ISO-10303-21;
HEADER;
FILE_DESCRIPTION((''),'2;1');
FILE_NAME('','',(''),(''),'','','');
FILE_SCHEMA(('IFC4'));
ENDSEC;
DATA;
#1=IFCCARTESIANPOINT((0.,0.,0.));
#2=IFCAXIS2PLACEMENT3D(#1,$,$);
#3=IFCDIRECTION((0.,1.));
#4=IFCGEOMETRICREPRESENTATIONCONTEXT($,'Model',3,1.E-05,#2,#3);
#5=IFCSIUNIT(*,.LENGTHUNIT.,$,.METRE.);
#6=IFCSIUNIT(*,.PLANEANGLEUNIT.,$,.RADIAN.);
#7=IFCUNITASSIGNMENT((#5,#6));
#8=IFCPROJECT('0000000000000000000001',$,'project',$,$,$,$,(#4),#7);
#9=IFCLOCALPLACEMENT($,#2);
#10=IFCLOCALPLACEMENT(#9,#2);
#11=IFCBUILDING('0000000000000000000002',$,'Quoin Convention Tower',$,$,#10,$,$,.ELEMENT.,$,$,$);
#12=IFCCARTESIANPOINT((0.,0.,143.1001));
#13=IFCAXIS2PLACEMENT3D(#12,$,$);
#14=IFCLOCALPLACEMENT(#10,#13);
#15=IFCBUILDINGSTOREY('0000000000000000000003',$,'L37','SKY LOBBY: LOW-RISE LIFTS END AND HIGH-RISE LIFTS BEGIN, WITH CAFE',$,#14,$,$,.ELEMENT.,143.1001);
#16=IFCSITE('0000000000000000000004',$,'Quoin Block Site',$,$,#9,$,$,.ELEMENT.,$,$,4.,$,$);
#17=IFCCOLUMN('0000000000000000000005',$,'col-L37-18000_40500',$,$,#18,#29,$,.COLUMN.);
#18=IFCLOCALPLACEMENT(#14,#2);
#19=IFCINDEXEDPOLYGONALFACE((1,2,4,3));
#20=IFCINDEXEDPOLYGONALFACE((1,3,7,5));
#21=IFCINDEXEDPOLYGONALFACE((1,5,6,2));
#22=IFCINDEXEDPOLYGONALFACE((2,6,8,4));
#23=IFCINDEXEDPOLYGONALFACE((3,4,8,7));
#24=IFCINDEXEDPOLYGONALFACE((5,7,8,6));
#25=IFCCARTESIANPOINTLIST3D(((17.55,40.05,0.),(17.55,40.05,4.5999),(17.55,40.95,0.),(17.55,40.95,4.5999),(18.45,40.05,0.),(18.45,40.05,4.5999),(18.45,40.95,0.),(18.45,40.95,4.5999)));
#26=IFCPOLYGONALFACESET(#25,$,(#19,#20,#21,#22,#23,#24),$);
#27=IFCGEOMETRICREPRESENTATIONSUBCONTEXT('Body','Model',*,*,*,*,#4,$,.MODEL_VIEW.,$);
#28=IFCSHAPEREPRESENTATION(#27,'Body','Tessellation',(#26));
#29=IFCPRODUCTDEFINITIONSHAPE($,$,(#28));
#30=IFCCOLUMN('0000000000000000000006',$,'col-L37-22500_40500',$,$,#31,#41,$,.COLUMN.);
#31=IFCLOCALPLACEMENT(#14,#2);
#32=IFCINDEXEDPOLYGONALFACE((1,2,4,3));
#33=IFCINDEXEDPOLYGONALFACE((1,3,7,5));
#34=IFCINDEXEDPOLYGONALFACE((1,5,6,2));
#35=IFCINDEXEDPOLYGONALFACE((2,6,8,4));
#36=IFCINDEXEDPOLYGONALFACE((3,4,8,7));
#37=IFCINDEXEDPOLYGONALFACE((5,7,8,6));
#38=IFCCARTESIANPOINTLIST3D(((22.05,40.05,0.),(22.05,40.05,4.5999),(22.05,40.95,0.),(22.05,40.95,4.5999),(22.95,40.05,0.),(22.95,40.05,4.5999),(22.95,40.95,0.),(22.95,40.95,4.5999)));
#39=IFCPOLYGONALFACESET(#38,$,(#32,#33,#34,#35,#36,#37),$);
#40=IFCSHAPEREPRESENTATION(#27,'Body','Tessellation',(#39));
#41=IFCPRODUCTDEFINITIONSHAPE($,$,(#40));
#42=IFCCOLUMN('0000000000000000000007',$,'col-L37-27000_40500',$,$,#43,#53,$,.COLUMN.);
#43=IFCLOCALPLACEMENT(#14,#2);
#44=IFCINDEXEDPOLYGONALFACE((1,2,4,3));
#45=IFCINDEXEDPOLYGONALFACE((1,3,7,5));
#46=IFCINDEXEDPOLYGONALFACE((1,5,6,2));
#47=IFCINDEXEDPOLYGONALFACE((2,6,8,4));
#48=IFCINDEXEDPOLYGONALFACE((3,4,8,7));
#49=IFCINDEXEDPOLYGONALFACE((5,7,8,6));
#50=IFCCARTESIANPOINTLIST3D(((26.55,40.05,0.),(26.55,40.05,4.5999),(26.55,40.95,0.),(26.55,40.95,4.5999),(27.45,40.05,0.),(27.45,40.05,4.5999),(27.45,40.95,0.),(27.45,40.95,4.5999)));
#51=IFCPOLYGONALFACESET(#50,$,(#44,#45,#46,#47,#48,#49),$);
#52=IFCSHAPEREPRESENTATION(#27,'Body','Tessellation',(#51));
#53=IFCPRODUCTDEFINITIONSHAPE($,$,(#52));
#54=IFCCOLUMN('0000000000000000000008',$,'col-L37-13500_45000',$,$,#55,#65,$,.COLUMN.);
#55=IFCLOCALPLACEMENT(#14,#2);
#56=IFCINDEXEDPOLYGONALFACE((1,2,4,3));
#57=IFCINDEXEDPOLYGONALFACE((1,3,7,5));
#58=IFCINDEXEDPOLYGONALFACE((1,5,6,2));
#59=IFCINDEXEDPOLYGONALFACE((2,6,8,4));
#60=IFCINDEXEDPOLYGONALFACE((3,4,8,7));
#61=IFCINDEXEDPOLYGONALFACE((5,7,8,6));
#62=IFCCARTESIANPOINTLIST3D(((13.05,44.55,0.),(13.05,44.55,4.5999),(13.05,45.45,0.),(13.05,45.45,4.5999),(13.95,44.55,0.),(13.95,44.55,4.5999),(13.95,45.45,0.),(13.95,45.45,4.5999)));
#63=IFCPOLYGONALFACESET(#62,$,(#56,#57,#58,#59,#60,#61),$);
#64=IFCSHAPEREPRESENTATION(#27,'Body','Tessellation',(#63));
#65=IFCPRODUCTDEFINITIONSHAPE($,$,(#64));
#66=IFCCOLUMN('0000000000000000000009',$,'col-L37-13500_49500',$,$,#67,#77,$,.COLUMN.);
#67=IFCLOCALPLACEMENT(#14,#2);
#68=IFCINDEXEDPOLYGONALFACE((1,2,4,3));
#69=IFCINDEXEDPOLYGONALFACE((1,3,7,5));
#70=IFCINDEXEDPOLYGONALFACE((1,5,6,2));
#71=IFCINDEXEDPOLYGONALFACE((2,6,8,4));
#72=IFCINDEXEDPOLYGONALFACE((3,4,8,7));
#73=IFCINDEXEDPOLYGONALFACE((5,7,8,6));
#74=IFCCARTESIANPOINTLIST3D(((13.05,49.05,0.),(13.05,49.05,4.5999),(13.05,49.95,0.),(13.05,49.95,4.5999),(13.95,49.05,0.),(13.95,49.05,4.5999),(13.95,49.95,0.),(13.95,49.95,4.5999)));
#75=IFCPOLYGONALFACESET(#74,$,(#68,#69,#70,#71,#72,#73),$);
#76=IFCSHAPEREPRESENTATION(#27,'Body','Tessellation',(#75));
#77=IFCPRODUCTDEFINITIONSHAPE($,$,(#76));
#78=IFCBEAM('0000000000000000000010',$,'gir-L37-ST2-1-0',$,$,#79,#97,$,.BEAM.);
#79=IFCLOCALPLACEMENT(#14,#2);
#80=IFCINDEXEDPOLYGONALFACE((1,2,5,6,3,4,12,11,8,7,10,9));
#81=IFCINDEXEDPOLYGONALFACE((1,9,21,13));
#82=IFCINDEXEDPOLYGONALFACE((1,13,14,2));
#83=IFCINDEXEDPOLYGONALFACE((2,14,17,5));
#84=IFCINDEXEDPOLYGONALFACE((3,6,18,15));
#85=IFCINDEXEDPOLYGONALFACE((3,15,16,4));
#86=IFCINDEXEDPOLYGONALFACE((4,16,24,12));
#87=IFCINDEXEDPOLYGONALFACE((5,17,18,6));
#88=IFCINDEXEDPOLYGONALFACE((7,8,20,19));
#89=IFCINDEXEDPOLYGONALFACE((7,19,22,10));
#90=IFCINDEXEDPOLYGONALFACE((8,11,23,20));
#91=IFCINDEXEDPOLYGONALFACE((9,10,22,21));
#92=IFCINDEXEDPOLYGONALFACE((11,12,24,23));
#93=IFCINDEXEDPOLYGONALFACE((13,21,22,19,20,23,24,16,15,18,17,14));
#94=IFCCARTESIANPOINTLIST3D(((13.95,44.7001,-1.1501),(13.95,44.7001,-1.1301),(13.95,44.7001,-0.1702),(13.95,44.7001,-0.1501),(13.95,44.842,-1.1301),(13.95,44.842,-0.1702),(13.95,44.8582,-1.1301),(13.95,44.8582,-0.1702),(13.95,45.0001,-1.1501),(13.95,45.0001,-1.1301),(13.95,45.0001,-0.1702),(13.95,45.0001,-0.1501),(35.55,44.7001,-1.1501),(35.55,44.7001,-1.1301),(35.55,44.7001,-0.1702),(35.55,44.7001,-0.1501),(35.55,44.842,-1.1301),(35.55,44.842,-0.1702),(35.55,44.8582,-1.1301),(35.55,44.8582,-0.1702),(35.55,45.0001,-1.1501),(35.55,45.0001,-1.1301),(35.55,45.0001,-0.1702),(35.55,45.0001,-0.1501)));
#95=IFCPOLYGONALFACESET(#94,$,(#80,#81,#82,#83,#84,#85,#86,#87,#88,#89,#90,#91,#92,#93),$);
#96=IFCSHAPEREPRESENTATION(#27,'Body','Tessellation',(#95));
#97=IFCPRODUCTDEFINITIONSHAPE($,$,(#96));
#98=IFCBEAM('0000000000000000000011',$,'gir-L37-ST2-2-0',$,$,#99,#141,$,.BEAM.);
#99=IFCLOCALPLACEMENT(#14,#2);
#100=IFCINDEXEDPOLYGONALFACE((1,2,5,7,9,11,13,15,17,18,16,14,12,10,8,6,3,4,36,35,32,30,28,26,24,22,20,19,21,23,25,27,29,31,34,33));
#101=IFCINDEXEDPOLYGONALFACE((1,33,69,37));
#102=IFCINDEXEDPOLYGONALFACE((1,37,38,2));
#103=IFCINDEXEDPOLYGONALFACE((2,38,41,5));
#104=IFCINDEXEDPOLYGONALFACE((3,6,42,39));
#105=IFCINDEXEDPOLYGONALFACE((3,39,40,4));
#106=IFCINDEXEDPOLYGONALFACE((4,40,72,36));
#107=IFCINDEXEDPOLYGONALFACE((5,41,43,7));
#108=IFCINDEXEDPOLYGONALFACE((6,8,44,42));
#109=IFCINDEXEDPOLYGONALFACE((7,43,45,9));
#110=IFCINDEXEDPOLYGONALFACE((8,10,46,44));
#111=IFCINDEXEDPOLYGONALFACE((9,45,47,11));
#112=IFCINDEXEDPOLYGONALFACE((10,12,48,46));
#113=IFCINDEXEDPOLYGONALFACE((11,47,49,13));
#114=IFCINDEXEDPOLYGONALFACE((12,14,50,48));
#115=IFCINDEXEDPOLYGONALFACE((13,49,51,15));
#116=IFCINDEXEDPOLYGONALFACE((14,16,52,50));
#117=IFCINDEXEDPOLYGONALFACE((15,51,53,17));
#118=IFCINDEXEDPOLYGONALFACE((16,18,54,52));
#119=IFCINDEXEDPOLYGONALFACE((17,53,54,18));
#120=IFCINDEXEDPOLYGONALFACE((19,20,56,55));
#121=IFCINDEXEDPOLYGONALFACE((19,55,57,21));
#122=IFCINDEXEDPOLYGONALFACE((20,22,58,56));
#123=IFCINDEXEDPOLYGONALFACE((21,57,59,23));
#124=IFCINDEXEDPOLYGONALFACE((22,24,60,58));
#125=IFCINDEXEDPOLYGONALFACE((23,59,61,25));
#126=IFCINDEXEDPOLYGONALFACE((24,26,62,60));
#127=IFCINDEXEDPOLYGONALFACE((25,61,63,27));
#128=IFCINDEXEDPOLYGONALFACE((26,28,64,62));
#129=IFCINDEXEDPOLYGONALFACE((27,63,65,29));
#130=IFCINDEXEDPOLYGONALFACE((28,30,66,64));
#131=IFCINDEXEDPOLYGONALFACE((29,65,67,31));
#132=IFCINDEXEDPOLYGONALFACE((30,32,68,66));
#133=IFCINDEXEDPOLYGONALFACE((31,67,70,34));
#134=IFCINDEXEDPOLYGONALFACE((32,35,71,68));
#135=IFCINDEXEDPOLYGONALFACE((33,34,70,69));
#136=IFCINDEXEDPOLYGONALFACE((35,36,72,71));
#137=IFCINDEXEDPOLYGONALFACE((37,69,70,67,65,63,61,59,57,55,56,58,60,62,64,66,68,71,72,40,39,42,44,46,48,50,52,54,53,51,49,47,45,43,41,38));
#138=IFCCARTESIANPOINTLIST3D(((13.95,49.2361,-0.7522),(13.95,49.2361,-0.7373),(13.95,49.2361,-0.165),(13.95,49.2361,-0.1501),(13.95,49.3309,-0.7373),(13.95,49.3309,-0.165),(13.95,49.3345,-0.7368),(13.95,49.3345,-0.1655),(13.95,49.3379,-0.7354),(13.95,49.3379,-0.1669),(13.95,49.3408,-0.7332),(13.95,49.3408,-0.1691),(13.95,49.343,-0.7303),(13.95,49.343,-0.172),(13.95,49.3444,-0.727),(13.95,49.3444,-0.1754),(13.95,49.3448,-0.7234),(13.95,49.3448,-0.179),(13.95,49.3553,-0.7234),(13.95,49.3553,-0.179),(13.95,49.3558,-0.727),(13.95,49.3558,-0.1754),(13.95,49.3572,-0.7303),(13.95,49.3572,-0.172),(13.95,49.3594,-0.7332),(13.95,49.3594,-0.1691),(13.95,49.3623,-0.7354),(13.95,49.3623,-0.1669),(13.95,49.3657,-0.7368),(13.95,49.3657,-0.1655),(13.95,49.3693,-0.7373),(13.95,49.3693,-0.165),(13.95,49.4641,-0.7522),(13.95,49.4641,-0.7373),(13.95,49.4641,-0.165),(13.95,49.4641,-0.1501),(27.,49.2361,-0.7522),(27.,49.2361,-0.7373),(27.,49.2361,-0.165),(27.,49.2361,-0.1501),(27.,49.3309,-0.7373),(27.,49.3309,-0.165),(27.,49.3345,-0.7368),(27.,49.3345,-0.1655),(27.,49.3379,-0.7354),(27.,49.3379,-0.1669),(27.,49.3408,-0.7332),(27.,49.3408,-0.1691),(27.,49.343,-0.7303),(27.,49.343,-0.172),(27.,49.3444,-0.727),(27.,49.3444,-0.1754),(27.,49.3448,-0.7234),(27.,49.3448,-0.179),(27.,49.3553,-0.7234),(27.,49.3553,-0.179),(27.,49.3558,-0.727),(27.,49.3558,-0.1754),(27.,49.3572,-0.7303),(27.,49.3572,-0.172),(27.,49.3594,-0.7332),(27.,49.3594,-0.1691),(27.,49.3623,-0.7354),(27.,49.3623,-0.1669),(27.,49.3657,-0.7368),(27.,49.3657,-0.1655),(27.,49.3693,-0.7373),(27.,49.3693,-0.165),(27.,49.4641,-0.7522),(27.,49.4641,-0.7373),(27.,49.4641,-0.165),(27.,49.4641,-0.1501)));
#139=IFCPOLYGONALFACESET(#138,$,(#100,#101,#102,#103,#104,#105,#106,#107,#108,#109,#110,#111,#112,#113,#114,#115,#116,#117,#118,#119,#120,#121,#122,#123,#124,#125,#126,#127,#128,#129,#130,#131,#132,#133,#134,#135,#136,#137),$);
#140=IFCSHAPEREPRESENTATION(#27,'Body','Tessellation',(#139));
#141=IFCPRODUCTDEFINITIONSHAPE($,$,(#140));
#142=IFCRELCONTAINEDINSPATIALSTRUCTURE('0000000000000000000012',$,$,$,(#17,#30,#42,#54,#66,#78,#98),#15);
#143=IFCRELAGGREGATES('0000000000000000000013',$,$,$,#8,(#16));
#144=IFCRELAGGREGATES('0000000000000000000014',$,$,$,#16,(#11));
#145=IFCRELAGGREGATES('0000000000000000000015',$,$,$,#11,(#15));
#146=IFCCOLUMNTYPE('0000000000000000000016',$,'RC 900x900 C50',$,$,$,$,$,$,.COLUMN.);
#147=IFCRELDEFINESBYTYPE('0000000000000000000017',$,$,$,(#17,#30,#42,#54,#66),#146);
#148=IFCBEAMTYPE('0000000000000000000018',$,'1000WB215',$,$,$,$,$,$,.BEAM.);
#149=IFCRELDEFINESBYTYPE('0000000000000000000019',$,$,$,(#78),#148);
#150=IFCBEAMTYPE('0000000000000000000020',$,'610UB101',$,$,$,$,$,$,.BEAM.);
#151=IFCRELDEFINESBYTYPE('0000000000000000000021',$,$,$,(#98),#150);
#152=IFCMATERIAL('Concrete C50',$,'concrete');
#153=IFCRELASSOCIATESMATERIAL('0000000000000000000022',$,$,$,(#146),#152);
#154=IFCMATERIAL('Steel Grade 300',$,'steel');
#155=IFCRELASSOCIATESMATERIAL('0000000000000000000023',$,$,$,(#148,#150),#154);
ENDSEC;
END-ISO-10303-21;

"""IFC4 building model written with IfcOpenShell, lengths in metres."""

from ifc_helpers import new_model, si_unit, direction, frame, origin, origin_2d, place, context, subcontext, project, spatial, rectangle, i_section, extrude, material, material_profile, profile_set, type_object, element, save


model = new_model("IFC4")

# Units and contexts
model_context = context("Model", 3, precision=1e-05, world=origin(), true_north=direction((0.0, 1.0)))
body_context = subcontext(model_context, "Body", "Model", "MODEL_VIEW")
ifc_project = project(units=[si_unit("LENGTHUNIT", "METRE"), si_unit("PLANEANGLEUNIT", "RADIAN")], contexts=[model_context])

# Site, building, storey
site_placement = place(None, origin())
site = spatial("IfcSite", under=ifc_project, at=site_placement, Name="Quoin Block Site", CompositionType="ELEMENT", RefElevation=4.0)
building_placement = place(site_placement, origin())
building = spatial("IfcBuilding", under=site, at=building_placement, Name="Quoin Convention Tower", CompositionType="ELEMENT")
storey_placement = place(building_placement, frame((0.0, 0.0, 143.1001)))
storey = spatial("IfcBuildingStorey", under=building, at=storey_placement, Name="L37", Description="SKY LOBBY: LOW-RISE LIFTS END AND HIGH-RISE LIFTS BEGIN, WITH CAFE", CompositionType="ELEMENT", Elevation=143.1001)

# Columns
ifc_material_1 = material(Name="Concrete C50", Category="concrete")
ifc_material_profile_1 = material_profile(ifc_material_1, rectangle(XDim=0.8999, YDim=0.8999, at=origin_2d()), Name="RC 900x900")
ifc_profile_set_1 = profile_set([ifc_material_profile_1], Name="Concrete C50")
column_type = type_object("IfcColumnType", Name="RC 900x900 C50", PredefinedType="COLUMN", material=ifc_profile_set_1)
for number, where, z_axis, x_axis, name in (
    (1, (18.0, 40.5, 0.0), (0.0, 0.0, 1.0), (1.0, 0.0, 0.0), "col-L37-18000_40500"),
    (2, (22.5, 40.5, 0.0), (0.0, 0.0, 1.0), (1.0, 0.0, 0.0), "col-L37-22500_40500"),
    (3, (27.0, 40.5, 0.0), (0.0, 0.0, 1.0), (1.0, 0.0, 0.0), "col-L37-27000_40500"),
    (4, (13.5, 45.0, 0.0), (0.0, 0.0, 1.0), (1.0, 0.0, 0.0), "col-L37-13500_45000"),
    (5, (13.5, 49.5, 0.0), (0.0, 0.0, 1.0), (1.0, 0.0, 0.0), "col-L37-13500_49500"),
):
    element("IfcColumn", number, at=place(storey_placement, frame(where, z_axis=z_axis, x_axis=x_axis)), inside=storey, type_object=column_type, Name=name, PredefinedType="COLUMN", context=body_context, shape_type="SweptSolid", body=[
        extrude(rectangle(XDim=0.8999, YDim=0.8999, at=origin_2d()), origin(), (0.0, 0.0, 1.0), 4.5999),
    ])

# Beams
ifc_material_2 = material(Name="Steel Grade 300", Category="steel")
ifc_material_profile_2 = material_profile(ifc_material_2, i_section(OverallWidth=0.3, OverallDepth=1.0, WebThickness=0.0161, FlangeThickness=0.02, at=origin_2d()), Name="1000WB215")
ifc_profile_set_2 = profile_set([ifc_material_profile_2], Name="Steel Grade 300")
beam_type_1 = type_object("IfcBeamType", Name="1000WB215", PredefinedType="BEAM", material=ifc_profile_set_2)
beam_1_placement = place(storey_placement, frame((13.95, 44.8501, -0.6501), z_axis=(1.0, 0.0, 0.0), x_axis=(0.0, 1.0, 0.0)))
element("IfcBeam", 6, at=beam_1_placement, inside=storey, type_object=beam_type_1, Name="gir-L37-ST2-1-0", PredefinedType="BEAM", context=body_context, shape_type="SweptSolid", body=[
    extrude(i_section(OverallWidth=0.3, OverallDepth=1.0, WebThickness=0.0161, FlangeThickness=0.02, at=origin_2d()), origin(), (0.0, 0.0, 1.0), 21.6001),
])
ifc_material_profile_3 = material_profile(ifc_material_2, i_section(OverallWidth=0.228, OverallDepth=0.6021, WebThickness=0.0105, FlangeThickness=0.0149, FilletRadius=0.0139, at=origin_2d()), Name="610UB101")
ifc_profile_set_3 = profile_set([ifc_material_profile_3], Name="Steel Grade 300")
beam_type_2 = type_object("IfcBeamType", Name="610UB101", PredefinedType="BEAM", material=ifc_profile_set_3)
beam_2_placement = place(storey_placement, frame((13.95, 49.3501, -0.4512), z_axis=(1.0, 0.0, 0.0), x_axis=(0.0, 1.0, 0.0)))
element("IfcBeam", 7, at=beam_2_placement, inside=storey, type_object=beam_type_2, Name="gir-L37-ST2-2-0", PredefinedType="BEAM", context=body_context, shape_type="SweptSolid", body=[
    extrude(i_section(OverallWidth=0.228, OverallDepth=0.6021, WebThickness=0.0105, FlangeThickness=0.0149, FilletRadius=0.0139, at=origin_2d()), origin(), (0.0, 0.0, 1.0), 13.05),
])

save(model, "model.ifc")
